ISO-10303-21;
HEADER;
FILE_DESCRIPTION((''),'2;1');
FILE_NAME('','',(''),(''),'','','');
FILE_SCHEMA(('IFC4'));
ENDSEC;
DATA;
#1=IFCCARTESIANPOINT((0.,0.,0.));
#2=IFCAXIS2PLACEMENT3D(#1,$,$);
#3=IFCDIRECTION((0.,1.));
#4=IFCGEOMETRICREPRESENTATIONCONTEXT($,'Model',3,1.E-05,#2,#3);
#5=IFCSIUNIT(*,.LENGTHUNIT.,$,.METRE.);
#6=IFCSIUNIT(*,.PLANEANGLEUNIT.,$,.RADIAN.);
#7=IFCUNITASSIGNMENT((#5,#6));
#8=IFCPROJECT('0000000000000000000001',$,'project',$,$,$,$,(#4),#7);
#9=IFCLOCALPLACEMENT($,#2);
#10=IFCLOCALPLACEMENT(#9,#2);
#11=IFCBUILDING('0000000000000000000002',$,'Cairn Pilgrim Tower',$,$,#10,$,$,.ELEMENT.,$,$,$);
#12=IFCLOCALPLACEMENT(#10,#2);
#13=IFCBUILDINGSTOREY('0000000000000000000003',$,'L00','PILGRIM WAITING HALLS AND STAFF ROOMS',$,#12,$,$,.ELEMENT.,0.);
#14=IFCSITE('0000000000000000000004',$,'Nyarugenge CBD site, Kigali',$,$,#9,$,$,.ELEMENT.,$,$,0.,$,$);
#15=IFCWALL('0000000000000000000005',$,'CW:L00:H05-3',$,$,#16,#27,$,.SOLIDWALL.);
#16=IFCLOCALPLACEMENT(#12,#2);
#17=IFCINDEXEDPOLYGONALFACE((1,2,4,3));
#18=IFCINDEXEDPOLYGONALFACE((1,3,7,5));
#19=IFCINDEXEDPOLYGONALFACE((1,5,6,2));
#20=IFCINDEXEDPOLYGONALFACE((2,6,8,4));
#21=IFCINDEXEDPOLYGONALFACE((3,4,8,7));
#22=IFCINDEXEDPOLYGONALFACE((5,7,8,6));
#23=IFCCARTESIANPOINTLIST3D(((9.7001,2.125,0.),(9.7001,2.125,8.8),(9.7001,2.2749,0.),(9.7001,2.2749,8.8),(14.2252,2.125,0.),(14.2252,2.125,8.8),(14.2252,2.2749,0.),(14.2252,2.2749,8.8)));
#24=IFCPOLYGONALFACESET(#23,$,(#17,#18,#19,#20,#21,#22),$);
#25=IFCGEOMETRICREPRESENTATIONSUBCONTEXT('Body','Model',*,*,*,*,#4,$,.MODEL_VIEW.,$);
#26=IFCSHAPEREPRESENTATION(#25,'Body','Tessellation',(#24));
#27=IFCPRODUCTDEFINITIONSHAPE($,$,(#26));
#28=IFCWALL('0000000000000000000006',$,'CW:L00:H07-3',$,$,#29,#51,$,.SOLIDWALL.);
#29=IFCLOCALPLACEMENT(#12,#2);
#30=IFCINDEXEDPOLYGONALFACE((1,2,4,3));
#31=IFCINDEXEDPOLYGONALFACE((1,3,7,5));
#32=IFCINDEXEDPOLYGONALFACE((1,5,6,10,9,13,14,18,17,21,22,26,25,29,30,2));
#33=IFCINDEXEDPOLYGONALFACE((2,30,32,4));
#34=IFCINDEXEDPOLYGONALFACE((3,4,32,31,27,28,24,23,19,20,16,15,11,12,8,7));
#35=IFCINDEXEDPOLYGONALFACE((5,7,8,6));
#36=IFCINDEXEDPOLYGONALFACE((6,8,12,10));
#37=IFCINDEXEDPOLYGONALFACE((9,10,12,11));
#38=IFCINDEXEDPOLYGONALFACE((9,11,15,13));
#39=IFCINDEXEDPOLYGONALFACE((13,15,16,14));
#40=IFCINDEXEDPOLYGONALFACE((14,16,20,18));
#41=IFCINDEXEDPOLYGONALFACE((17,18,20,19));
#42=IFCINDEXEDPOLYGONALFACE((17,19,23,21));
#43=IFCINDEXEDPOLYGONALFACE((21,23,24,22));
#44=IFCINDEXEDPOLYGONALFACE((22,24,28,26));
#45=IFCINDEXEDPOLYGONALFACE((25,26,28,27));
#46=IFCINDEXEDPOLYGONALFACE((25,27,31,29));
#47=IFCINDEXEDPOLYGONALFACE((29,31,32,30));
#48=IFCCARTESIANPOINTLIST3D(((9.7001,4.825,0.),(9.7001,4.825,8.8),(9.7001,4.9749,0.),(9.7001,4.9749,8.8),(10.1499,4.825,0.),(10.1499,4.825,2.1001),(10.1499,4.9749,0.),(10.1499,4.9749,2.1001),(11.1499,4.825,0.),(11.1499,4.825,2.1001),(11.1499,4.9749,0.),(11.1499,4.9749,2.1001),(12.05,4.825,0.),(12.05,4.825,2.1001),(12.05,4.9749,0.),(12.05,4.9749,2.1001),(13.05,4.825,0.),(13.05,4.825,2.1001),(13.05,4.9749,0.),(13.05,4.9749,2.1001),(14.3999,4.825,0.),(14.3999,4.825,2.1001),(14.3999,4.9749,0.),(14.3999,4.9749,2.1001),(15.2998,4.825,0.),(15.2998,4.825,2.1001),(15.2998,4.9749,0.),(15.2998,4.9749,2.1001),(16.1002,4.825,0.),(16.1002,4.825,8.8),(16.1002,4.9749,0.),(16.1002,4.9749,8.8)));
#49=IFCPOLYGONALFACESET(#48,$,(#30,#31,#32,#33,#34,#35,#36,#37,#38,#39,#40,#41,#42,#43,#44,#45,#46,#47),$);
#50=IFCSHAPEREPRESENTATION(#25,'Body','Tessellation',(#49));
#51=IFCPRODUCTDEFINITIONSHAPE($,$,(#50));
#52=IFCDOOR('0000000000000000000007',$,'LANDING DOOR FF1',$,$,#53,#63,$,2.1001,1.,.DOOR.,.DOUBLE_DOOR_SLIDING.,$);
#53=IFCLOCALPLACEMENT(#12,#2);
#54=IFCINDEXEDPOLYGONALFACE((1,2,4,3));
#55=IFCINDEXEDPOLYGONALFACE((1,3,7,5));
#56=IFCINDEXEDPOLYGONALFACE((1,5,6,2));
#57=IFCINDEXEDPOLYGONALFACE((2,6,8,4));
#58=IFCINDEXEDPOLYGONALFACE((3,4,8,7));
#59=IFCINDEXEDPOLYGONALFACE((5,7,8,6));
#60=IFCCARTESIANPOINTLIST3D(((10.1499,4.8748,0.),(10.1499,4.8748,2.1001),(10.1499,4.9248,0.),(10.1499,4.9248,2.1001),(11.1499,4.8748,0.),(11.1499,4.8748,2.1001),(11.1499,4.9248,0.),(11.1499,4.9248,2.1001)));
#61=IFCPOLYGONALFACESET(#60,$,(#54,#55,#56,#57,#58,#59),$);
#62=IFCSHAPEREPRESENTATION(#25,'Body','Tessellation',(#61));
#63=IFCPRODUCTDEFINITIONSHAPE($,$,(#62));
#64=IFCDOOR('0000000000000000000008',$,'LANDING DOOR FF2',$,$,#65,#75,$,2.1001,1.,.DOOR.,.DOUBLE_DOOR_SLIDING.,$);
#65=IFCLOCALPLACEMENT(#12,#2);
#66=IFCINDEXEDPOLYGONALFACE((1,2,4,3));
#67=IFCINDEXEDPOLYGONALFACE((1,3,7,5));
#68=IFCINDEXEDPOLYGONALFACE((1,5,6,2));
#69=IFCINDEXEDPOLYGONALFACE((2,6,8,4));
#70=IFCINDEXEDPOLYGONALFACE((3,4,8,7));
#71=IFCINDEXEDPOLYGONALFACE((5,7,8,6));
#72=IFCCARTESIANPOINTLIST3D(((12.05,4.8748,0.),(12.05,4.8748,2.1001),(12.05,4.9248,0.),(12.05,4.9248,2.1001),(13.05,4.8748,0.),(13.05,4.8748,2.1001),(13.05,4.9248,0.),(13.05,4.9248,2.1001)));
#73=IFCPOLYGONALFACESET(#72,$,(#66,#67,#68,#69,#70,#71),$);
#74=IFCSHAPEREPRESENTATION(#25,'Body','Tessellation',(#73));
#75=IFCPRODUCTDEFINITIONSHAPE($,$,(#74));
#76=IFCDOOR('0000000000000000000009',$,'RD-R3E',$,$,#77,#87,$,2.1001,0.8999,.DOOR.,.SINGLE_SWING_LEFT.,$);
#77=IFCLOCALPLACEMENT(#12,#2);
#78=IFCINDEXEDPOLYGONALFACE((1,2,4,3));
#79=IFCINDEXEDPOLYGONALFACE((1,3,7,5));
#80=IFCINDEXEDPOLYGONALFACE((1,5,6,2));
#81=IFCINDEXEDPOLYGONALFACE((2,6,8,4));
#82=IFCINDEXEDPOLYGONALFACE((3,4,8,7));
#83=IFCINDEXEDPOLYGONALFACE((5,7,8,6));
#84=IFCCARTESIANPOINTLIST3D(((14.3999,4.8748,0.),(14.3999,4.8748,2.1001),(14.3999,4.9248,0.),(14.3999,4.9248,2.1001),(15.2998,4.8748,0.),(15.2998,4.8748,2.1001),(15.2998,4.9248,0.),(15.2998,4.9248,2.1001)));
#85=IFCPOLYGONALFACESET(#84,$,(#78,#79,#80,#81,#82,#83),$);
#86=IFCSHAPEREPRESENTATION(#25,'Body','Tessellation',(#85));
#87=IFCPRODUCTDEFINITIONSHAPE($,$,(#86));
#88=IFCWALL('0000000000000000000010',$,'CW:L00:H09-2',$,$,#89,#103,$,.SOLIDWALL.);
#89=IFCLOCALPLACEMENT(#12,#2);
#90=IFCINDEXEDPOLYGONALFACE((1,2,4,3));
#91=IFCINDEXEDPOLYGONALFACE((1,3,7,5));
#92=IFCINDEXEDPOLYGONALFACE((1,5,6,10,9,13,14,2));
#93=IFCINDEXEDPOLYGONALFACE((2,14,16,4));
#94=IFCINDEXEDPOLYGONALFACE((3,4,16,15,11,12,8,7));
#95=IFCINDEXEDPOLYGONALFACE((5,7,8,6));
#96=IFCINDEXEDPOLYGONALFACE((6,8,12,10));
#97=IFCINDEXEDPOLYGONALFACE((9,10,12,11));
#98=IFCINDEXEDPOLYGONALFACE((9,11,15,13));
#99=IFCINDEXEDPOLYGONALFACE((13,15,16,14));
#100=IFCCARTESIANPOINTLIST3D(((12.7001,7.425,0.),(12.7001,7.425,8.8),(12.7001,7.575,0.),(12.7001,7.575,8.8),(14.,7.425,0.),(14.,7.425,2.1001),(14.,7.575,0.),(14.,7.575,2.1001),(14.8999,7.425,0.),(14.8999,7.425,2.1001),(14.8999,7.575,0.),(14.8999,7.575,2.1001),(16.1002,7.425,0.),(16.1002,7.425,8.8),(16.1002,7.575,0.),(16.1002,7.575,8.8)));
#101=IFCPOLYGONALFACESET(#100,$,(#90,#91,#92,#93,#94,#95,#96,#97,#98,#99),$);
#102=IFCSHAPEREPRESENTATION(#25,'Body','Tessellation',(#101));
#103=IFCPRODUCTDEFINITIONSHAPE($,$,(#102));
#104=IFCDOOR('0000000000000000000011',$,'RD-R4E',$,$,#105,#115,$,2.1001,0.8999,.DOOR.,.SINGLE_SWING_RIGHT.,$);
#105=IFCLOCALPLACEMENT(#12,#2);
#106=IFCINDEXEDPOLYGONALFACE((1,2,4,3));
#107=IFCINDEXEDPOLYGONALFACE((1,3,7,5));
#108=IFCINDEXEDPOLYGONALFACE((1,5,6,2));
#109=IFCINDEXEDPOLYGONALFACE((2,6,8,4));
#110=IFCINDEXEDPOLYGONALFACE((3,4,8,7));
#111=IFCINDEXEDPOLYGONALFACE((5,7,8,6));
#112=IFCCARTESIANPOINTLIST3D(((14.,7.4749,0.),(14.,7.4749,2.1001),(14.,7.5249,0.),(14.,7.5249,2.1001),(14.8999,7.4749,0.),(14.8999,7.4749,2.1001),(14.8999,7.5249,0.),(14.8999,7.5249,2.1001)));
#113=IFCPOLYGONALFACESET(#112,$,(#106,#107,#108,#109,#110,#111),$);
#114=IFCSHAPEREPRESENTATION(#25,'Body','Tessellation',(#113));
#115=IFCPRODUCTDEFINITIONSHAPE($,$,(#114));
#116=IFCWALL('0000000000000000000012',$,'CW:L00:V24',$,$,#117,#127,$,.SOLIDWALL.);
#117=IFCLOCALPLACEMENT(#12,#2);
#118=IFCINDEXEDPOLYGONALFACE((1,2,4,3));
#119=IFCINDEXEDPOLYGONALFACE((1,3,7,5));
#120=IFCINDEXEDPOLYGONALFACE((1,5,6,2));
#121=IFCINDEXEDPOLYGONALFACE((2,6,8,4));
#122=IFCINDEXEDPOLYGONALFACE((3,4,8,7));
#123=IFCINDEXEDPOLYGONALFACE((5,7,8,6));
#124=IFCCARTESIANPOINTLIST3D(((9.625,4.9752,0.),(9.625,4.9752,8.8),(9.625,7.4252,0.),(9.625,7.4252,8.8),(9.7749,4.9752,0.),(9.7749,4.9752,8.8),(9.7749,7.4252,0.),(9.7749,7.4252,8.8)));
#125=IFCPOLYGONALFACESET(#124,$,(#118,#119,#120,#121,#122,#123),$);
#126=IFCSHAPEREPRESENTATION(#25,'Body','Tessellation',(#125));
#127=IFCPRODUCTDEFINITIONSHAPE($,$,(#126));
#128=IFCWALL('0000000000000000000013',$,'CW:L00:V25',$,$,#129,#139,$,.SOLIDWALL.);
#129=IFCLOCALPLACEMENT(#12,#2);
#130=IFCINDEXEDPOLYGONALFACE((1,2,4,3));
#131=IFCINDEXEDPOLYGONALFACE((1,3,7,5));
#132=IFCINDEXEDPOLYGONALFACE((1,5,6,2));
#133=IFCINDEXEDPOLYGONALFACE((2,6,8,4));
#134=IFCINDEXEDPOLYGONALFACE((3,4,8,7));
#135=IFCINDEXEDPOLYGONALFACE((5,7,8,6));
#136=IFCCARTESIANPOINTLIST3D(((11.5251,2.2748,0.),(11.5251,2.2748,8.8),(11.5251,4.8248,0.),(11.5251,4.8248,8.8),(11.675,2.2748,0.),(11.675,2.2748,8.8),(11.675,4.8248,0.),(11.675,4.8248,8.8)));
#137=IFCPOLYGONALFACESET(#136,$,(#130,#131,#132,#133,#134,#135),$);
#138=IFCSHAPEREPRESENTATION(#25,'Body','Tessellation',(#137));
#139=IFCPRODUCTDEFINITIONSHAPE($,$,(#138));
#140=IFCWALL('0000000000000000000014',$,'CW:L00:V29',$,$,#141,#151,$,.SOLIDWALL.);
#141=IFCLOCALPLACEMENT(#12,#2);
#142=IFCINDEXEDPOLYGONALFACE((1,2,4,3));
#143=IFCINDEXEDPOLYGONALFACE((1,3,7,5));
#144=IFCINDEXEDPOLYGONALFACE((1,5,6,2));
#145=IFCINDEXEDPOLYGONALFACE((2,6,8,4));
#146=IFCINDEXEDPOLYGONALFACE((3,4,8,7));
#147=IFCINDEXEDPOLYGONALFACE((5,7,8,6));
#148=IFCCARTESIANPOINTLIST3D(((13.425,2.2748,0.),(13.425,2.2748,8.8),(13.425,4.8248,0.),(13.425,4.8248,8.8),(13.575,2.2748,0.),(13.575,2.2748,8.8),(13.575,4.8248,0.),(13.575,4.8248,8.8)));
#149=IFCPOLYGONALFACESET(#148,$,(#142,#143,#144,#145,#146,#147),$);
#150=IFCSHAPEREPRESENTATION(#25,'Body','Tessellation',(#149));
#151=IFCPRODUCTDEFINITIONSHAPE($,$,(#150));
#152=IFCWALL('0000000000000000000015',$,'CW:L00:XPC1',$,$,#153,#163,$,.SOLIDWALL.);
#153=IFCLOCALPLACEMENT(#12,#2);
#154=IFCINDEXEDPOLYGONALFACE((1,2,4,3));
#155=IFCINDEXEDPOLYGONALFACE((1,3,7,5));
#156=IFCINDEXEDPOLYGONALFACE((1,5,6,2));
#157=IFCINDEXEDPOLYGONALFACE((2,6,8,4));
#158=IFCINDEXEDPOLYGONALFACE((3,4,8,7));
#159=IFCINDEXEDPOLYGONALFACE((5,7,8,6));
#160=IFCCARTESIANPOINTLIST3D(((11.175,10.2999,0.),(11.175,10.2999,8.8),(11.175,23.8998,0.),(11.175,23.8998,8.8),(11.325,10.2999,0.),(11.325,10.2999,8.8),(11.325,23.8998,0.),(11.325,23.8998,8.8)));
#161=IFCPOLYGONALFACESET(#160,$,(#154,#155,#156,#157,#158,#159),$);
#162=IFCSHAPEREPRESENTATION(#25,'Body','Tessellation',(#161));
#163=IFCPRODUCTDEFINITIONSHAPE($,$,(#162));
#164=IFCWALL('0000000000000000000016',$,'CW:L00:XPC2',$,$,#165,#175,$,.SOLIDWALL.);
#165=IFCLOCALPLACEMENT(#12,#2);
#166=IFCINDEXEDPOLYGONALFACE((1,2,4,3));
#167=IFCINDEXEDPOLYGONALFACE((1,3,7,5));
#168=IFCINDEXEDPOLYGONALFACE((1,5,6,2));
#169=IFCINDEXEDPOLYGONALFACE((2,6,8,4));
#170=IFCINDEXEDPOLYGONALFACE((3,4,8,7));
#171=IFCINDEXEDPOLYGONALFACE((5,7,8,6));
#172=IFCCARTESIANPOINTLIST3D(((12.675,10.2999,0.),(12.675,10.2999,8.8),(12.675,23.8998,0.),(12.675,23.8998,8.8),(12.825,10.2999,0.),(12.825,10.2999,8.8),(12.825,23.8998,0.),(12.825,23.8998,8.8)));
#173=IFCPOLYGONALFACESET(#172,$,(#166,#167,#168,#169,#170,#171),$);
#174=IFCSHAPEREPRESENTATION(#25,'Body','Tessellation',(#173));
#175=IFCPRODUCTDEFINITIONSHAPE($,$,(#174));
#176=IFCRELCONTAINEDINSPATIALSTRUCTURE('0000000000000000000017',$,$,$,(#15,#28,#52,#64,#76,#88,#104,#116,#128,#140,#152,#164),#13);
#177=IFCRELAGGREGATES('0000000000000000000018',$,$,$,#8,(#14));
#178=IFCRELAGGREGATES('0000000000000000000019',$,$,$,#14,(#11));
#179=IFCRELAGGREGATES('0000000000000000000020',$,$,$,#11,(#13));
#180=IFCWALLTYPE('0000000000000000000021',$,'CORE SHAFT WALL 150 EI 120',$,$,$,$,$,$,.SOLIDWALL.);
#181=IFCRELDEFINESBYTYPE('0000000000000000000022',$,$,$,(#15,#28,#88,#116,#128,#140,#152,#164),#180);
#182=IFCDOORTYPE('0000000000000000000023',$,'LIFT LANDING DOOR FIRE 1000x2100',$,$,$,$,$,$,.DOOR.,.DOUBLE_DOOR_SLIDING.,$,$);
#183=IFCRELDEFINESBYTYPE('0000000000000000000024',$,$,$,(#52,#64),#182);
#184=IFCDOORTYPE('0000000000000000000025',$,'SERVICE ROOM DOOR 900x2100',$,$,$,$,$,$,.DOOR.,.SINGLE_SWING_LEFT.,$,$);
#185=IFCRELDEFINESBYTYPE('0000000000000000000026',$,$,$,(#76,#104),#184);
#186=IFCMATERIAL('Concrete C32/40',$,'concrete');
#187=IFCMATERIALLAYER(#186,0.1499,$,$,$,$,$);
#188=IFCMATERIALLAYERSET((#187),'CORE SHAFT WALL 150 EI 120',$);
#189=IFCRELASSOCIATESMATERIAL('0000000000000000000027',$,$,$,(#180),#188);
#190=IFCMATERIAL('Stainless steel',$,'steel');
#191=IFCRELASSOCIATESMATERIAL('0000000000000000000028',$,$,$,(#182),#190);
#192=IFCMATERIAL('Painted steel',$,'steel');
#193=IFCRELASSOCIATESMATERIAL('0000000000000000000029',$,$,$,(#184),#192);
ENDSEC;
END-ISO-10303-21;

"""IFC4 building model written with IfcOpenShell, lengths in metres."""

from ifc_helpers import new_model, si_unit, direction, frame, frame_2d, origin, place, context, subcontext, project, spatial, rectangle, extrude, material, layer, layer_set, type_object, element, fill, save


model = new_model("IFC4")

# Units and contexts
model_context = context("Model", 3, precision=1e-05, world=origin(), true_north=direction((0.0, 1.0)))
body_context = subcontext(model_context, "Body", "Model", "MODEL_VIEW")
ifc_project = project(units=[si_unit("LENGTHUNIT", "METRE"), si_unit("PLANEANGLEUNIT", "RADIAN")], contexts=[model_context])

# Site, building, storey
site_placement = place(None, origin())
site = spatial("IfcSite", under=ifc_project, at=site_placement, Name="Nyarugenge CBD site, Kigali", CompositionType="ELEMENT", RefElevation=0.0)
building_placement = place(site_placement, origin())
building = spatial("IfcBuilding", under=site, at=building_placement, Name="Cairn Pilgrim Tower", CompositionType="ELEMENT")
storey_placement = place(building_placement, origin())
storey = spatial("IfcBuildingStorey", under=building, at=storey_placement, Name="L00", Description="PILGRIM WAITING HALLS AND STAFF ROOMS", CompositionType="ELEMENT", Elevation=0.0)

# Wall
ifc_material_1 = material(Name="Concrete C32/40", Category="concrete")
ifc_layer_1 = layer(ifc_material_1, 0.1499)
ifc_layer_set_1 = layer_set([ifc_layer_1], Name="CORE SHAFT WALL 150 EI 120")
wall_type_1 = type_object("IfcWallType", Name="CORE SHAFT WALL 150 EI 120", PredefinedType="SOLIDWALL", material=ifc_layer_set_1)
wall_1_placement = place(storey_placement, frame((9.7, 2.2, 0.0), z_axis=(0.0, 0.0, 1.0), x_axis=(1.0, 0.0, 0.0)))
element("IfcWall", 1, at=wall_1_placement, inside=storey, type_object=wall_type_1, Name="CW:L00:H05-3", PredefinedType="SOLIDWALL", context=body_context, shape_type="SweptSolid", body=[
    extrude(rectangle(XDim=4.5251, YDim=0.1499, at=frame_2d((2.2627, 0.0))), origin(), (0.0, 0.0, 1.0), 8.8),
])

# Wall, openings, doors
wall_2_placement = place(storey_placement, frame((9.7, 4.8999, 0.0), z_axis=(0.0, 0.0, 1.0), x_axis=(1.0, 0.0, 0.0)))
wall_2 = element("IfcWall", 2, at=wall_2_placement, inside=storey, type_object=wall_type_1, Name="CW:L00:H07-3", PredefinedType="SOLIDWALL", context=body_context, shape_type="SweptSolid", body=[
    extrude(rectangle(XDim=6.4001, YDim=0.1499, at=frame_2d((3.2002, 0.0))), origin(), (0.0, 0.0, 1.0), 8.8),
])
opening_1_placement = place(wall_2_placement, frame((0.45, 0.0, 0.0)))
opening_1 = element("IfcOpeningElement", 3, at=opening_1_placement, cuts=wall_2, PredefinedType="OPENING", context=body_context, shape_type="SweptSolid", body=[
    extrude(rectangle(XDim=1.0, YDim=2.1001, at=frame_2d((0.5, 1.05))), frame((0.0, 0.085, 0.0), z_axis=(0.0, -1.0, 0.0), x_axis=(1.0, 0.0, 0.0)), (0.0, 0.0, 1.0), 0.1699),
])
opening_2_placement = place(wall_2_placement, frame((2.3501, 0.0, 0.0)))
opening_2 = element("IfcOpeningElement", 4, at=opening_2_placement, cuts=wall_2, PredefinedType="OPENING", context=body_context, shape_type="SweptSolid", body=[
    extrude(rectangle(XDim=1.0, YDim=2.1001, at=frame_2d((0.5, 1.05))), frame((0.0, 0.085, 0.0), z_axis=(0.0, -1.0, 0.0), x_axis=(1.0, 0.0, 0.0)), (0.0, 0.0, 1.0), 0.1699),
])
opening_3_placement = place(wall_2_placement, frame((4.7, 0.0, 0.0)))
opening_3 = element("IfcOpeningElement", 5, at=opening_3_placement, cuts=wall_2, PredefinedType="OPENING", context=body_context, shape_type="SweptSolid", body=[
    extrude(rectangle(XDim=0.8999, YDim=2.1001, at=frame_2d((0.45, 1.05))), frame((0.0, 0.085, 0.0), z_axis=(0.0, -1.0, 0.0), x_axis=(1.0, 0.0, 0.0)), (0.0, 0.0, 1.0), 0.1699),
])
ifc_material_2 = material(Name="Stainless steel", Category="steel")
door_type_1 = type_object("IfcDoorType", Name="LIFT LANDING DOOR FIRE 1000x2100", OperationType="DOUBLE_DOOR_SLIDING", PredefinedType="DOOR", material=ifc_material_2)
door_1_placement = place(opening_1_placement, origin())
door_1 = element("IfcDoor", 6, at=door_1_placement, inside=storey, type_object=door_type_1, Name="LANDING DOOR FF1", OperationType="DOUBLE_DOOR_SLIDING", OverallHeight=2.1001, OverallWidth=1.0, PredefinedType="DOOR", context=body_context, shape_type="SweptSolid", body=[
    extrude(rectangle(XDim=1.0, YDim=2.1001, at=frame_2d((0.5, 1.05))), frame((0.0, 0.0249, 0.0), z_axis=(0.0, -1.0, 0.0), x_axis=(1.0, 0.0, 0.0)), (0.0, 0.0, 1.0), 0.05),
])
fill(opening_1, door_1)
door_2_placement = place(opening_2_placement, origin())
door_2 = element("IfcDoor", 7, at=door_2_placement, inside=storey, type_object=door_type_1, Name="LANDING DOOR FF2", OperationType="DOUBLE_DOOR_SLIDING", OverallHeight=2.1001, OverallWidth=1.0, PredefinedType="DOOR", context=body_context, shape_type="SweptSolid", body=[
    extrude(rectangle(XDim=1.0, YDim=2.1001, at=frame_2d((0.5, 1.05))), frame((0.0, 0.0249, 0.0), z_axis=(0.0, -1.0, 0.0), x_axis=(1.0, 0.0, 0.0)), (0.0, 0.0, 1.0), 0.05),
])
fill(opening_2, door_2)
ifc_material_3 = material(Name="Painted steel", Category="steel")
door_type_2 = type_object("IfcDoorType", Name="SERVICE ROOM DOOR 900x2100", OperationType="SINGLE_SWING_LEFT", PredefinedType="DOOR", material=ifc_material_3)
door_3_placement = place(opening_3_placement, origin())
door_3 = element("IfcDoor", 8, at=door_3_placement, inside=storey, type_object=door_type_2, Name="RD-R3E", OperationType="SINGLE_SWING_LEFT", OverallHeight=2.1001, OverallWidth=0.8999, PredefinedType="DOOR", context=body_context, shape_type="SweptSolid", body=[
    extrude(rectangle(XDim=0.8999, YDim=2.1001, at=frame_2d((0.45, 1.05))), frame((0.0, 0.0249, 0.0), z_axis=(0.0, -1.0, 0.0), x_axis=(1.0, 0.0, 0.0)), (0.0, 0.0, 1.0), 0.05),
])
fill(opening_3, door_3)

# Wall, opening, door
wall_3_placement = place(storey_placement, frame((12.7, 7.5, 0.0), z_axis=(0.0, 0.0, 1.0), x_axis=(1.0, 0.0, 0.0)))
wall_3 = element("IfcWall", 9, at=wall_3_placement, inside=storey, type_object=wall_type_1, Name="CW:L00:H09-2", PredefinedType="SOLIDWALL", context=body_context, shape_type="SweptSolid", body=[
    extrude(rectangle(XDim=3.4001, YDim=0.1499, at=frame_2d((1.7002, 0.0))), origin(), (0.0, 0.0, 1.0), 8.8),
])
opening_4_placement = place(wall_3_placement, frame((1.3, 0.0, 0.0)))
opening_4 = element("IfcOpeningElement", 10, at=opening_4_placement, cuts=wall_3, PredefinedType="OPENING", context=body_context, shape_type="SweptSolid", body=[
    extrude(rectangle(XDim=0.8999, YDim=2.1001, at=frame_2d((0.45, 1.05))), frame((0.0, 0.085, 0.0), z_axis=(0.0, -1.0, 0.0), x_axis=(1.0, 0.0, 0.0)), (0.0, 0.0, 1.0), 0.1699),
])
door_4_placement = place(opening_4_placement, origin())
door_4 = element("IfcDoor", 11, at=door_4_placement, inside=storey, type_object=door_type_2, Name="RD-R4E", OperationType="SINGLE_SWING_RIGHT", OverallHeight=2.1001, OverallWidth=0.8999, PredefinedType="DOOR", context=body_context, shape_type="SweptSolid", body=[
    extrude(rectangle(XDim=0.8999, YDim=2.1001, at=frame_2d((0.45, 1.05))), frame((0.0, 0.0249, 0.0), z_axis=(0.0, -1.0, 0.0), x_axis=(1.0, 0.0, 0.0)), (0.0, 0.0, 1.0), 0.05),
])
fill(opening_4, door_4)

# Walls
wall_4_placement = place(storey_placement, frame((9.7, 4.9751, 0.0), z_axis=(0.0, 0.0, 1.0), x_axis=(0.0, 1.0, 0.0)))
element("IfcWall", 12, at=wall_4_placement, inside=storey, type_object=wall_type_1, Name="CW:L00:V24", PredefinedType="SOLIDWALL", context=body_context, shape_type="SweptSolid", body=[
    extrude(rectangle(XDim=2.45, YDim=0.1499, at=frame_2d((1.2251, 0.0))), origin(), (0.0, 0.0, 1.0), 8.8),
])
for number, where, z_axis, x_axis, name in (
    (13, (11.6001, 2.2749, 0.0), (0.0, 0.0, 1.0), (0.0, 1.0, 0.0), "CW:L00:V25"),
    (14, (13.5, 2.2749, 0.0), (0.0, 0.0, 1.0), (0.0, 1.0, 0.0), "CW:L00:V29"),
):
    element("IfcWall", number, at=place(storey_placement, frame(where, z_axis=z_axis, x_axis=x_axis)), inside=storey, type_object=wall_type_1, Name=name, PredefinedType="SOLIDWALL", context=body_context, shape_type="SweptSolid", body=[
        extrude(rectangle(XDim=2.55, YDim=0.1499, at=frame_2d((1.2749, 0.0))), origin(), (0.0, 0.0, 1.0), 8.8),
    ])
for number, where, z_axis, x_axis, name in (
    (15, (11.25, 10.3, 0.0), (0.0, 0.0, 1.0), (0.0, 1.0, 0.0), "CW:L00:XPC1"),
    (16, (12.75, 10.3, 0.0), (0.0, 0.0, 1.0), (0.0, 1.0, 0.0), "CW:L00:XPC2"),
):
    element("IfcWall", number, at=place(storey_placement, frame(where, z_axis=z_axis, x_axis=x_axis)), inside=storey, type_object=wall_type_1, Name=name, PredefinedType="SOLIDWALL", context=body_context, shape_type="SweptSolid", body=[
        extrude(rectangle(XDim=13.5999, YDim=0.1499, at=frame_2d((6.7998, 0.0))), origin(), (0.0, 0.0, 1.0), 8.8),
    ])

save(model, "model.ifc")
